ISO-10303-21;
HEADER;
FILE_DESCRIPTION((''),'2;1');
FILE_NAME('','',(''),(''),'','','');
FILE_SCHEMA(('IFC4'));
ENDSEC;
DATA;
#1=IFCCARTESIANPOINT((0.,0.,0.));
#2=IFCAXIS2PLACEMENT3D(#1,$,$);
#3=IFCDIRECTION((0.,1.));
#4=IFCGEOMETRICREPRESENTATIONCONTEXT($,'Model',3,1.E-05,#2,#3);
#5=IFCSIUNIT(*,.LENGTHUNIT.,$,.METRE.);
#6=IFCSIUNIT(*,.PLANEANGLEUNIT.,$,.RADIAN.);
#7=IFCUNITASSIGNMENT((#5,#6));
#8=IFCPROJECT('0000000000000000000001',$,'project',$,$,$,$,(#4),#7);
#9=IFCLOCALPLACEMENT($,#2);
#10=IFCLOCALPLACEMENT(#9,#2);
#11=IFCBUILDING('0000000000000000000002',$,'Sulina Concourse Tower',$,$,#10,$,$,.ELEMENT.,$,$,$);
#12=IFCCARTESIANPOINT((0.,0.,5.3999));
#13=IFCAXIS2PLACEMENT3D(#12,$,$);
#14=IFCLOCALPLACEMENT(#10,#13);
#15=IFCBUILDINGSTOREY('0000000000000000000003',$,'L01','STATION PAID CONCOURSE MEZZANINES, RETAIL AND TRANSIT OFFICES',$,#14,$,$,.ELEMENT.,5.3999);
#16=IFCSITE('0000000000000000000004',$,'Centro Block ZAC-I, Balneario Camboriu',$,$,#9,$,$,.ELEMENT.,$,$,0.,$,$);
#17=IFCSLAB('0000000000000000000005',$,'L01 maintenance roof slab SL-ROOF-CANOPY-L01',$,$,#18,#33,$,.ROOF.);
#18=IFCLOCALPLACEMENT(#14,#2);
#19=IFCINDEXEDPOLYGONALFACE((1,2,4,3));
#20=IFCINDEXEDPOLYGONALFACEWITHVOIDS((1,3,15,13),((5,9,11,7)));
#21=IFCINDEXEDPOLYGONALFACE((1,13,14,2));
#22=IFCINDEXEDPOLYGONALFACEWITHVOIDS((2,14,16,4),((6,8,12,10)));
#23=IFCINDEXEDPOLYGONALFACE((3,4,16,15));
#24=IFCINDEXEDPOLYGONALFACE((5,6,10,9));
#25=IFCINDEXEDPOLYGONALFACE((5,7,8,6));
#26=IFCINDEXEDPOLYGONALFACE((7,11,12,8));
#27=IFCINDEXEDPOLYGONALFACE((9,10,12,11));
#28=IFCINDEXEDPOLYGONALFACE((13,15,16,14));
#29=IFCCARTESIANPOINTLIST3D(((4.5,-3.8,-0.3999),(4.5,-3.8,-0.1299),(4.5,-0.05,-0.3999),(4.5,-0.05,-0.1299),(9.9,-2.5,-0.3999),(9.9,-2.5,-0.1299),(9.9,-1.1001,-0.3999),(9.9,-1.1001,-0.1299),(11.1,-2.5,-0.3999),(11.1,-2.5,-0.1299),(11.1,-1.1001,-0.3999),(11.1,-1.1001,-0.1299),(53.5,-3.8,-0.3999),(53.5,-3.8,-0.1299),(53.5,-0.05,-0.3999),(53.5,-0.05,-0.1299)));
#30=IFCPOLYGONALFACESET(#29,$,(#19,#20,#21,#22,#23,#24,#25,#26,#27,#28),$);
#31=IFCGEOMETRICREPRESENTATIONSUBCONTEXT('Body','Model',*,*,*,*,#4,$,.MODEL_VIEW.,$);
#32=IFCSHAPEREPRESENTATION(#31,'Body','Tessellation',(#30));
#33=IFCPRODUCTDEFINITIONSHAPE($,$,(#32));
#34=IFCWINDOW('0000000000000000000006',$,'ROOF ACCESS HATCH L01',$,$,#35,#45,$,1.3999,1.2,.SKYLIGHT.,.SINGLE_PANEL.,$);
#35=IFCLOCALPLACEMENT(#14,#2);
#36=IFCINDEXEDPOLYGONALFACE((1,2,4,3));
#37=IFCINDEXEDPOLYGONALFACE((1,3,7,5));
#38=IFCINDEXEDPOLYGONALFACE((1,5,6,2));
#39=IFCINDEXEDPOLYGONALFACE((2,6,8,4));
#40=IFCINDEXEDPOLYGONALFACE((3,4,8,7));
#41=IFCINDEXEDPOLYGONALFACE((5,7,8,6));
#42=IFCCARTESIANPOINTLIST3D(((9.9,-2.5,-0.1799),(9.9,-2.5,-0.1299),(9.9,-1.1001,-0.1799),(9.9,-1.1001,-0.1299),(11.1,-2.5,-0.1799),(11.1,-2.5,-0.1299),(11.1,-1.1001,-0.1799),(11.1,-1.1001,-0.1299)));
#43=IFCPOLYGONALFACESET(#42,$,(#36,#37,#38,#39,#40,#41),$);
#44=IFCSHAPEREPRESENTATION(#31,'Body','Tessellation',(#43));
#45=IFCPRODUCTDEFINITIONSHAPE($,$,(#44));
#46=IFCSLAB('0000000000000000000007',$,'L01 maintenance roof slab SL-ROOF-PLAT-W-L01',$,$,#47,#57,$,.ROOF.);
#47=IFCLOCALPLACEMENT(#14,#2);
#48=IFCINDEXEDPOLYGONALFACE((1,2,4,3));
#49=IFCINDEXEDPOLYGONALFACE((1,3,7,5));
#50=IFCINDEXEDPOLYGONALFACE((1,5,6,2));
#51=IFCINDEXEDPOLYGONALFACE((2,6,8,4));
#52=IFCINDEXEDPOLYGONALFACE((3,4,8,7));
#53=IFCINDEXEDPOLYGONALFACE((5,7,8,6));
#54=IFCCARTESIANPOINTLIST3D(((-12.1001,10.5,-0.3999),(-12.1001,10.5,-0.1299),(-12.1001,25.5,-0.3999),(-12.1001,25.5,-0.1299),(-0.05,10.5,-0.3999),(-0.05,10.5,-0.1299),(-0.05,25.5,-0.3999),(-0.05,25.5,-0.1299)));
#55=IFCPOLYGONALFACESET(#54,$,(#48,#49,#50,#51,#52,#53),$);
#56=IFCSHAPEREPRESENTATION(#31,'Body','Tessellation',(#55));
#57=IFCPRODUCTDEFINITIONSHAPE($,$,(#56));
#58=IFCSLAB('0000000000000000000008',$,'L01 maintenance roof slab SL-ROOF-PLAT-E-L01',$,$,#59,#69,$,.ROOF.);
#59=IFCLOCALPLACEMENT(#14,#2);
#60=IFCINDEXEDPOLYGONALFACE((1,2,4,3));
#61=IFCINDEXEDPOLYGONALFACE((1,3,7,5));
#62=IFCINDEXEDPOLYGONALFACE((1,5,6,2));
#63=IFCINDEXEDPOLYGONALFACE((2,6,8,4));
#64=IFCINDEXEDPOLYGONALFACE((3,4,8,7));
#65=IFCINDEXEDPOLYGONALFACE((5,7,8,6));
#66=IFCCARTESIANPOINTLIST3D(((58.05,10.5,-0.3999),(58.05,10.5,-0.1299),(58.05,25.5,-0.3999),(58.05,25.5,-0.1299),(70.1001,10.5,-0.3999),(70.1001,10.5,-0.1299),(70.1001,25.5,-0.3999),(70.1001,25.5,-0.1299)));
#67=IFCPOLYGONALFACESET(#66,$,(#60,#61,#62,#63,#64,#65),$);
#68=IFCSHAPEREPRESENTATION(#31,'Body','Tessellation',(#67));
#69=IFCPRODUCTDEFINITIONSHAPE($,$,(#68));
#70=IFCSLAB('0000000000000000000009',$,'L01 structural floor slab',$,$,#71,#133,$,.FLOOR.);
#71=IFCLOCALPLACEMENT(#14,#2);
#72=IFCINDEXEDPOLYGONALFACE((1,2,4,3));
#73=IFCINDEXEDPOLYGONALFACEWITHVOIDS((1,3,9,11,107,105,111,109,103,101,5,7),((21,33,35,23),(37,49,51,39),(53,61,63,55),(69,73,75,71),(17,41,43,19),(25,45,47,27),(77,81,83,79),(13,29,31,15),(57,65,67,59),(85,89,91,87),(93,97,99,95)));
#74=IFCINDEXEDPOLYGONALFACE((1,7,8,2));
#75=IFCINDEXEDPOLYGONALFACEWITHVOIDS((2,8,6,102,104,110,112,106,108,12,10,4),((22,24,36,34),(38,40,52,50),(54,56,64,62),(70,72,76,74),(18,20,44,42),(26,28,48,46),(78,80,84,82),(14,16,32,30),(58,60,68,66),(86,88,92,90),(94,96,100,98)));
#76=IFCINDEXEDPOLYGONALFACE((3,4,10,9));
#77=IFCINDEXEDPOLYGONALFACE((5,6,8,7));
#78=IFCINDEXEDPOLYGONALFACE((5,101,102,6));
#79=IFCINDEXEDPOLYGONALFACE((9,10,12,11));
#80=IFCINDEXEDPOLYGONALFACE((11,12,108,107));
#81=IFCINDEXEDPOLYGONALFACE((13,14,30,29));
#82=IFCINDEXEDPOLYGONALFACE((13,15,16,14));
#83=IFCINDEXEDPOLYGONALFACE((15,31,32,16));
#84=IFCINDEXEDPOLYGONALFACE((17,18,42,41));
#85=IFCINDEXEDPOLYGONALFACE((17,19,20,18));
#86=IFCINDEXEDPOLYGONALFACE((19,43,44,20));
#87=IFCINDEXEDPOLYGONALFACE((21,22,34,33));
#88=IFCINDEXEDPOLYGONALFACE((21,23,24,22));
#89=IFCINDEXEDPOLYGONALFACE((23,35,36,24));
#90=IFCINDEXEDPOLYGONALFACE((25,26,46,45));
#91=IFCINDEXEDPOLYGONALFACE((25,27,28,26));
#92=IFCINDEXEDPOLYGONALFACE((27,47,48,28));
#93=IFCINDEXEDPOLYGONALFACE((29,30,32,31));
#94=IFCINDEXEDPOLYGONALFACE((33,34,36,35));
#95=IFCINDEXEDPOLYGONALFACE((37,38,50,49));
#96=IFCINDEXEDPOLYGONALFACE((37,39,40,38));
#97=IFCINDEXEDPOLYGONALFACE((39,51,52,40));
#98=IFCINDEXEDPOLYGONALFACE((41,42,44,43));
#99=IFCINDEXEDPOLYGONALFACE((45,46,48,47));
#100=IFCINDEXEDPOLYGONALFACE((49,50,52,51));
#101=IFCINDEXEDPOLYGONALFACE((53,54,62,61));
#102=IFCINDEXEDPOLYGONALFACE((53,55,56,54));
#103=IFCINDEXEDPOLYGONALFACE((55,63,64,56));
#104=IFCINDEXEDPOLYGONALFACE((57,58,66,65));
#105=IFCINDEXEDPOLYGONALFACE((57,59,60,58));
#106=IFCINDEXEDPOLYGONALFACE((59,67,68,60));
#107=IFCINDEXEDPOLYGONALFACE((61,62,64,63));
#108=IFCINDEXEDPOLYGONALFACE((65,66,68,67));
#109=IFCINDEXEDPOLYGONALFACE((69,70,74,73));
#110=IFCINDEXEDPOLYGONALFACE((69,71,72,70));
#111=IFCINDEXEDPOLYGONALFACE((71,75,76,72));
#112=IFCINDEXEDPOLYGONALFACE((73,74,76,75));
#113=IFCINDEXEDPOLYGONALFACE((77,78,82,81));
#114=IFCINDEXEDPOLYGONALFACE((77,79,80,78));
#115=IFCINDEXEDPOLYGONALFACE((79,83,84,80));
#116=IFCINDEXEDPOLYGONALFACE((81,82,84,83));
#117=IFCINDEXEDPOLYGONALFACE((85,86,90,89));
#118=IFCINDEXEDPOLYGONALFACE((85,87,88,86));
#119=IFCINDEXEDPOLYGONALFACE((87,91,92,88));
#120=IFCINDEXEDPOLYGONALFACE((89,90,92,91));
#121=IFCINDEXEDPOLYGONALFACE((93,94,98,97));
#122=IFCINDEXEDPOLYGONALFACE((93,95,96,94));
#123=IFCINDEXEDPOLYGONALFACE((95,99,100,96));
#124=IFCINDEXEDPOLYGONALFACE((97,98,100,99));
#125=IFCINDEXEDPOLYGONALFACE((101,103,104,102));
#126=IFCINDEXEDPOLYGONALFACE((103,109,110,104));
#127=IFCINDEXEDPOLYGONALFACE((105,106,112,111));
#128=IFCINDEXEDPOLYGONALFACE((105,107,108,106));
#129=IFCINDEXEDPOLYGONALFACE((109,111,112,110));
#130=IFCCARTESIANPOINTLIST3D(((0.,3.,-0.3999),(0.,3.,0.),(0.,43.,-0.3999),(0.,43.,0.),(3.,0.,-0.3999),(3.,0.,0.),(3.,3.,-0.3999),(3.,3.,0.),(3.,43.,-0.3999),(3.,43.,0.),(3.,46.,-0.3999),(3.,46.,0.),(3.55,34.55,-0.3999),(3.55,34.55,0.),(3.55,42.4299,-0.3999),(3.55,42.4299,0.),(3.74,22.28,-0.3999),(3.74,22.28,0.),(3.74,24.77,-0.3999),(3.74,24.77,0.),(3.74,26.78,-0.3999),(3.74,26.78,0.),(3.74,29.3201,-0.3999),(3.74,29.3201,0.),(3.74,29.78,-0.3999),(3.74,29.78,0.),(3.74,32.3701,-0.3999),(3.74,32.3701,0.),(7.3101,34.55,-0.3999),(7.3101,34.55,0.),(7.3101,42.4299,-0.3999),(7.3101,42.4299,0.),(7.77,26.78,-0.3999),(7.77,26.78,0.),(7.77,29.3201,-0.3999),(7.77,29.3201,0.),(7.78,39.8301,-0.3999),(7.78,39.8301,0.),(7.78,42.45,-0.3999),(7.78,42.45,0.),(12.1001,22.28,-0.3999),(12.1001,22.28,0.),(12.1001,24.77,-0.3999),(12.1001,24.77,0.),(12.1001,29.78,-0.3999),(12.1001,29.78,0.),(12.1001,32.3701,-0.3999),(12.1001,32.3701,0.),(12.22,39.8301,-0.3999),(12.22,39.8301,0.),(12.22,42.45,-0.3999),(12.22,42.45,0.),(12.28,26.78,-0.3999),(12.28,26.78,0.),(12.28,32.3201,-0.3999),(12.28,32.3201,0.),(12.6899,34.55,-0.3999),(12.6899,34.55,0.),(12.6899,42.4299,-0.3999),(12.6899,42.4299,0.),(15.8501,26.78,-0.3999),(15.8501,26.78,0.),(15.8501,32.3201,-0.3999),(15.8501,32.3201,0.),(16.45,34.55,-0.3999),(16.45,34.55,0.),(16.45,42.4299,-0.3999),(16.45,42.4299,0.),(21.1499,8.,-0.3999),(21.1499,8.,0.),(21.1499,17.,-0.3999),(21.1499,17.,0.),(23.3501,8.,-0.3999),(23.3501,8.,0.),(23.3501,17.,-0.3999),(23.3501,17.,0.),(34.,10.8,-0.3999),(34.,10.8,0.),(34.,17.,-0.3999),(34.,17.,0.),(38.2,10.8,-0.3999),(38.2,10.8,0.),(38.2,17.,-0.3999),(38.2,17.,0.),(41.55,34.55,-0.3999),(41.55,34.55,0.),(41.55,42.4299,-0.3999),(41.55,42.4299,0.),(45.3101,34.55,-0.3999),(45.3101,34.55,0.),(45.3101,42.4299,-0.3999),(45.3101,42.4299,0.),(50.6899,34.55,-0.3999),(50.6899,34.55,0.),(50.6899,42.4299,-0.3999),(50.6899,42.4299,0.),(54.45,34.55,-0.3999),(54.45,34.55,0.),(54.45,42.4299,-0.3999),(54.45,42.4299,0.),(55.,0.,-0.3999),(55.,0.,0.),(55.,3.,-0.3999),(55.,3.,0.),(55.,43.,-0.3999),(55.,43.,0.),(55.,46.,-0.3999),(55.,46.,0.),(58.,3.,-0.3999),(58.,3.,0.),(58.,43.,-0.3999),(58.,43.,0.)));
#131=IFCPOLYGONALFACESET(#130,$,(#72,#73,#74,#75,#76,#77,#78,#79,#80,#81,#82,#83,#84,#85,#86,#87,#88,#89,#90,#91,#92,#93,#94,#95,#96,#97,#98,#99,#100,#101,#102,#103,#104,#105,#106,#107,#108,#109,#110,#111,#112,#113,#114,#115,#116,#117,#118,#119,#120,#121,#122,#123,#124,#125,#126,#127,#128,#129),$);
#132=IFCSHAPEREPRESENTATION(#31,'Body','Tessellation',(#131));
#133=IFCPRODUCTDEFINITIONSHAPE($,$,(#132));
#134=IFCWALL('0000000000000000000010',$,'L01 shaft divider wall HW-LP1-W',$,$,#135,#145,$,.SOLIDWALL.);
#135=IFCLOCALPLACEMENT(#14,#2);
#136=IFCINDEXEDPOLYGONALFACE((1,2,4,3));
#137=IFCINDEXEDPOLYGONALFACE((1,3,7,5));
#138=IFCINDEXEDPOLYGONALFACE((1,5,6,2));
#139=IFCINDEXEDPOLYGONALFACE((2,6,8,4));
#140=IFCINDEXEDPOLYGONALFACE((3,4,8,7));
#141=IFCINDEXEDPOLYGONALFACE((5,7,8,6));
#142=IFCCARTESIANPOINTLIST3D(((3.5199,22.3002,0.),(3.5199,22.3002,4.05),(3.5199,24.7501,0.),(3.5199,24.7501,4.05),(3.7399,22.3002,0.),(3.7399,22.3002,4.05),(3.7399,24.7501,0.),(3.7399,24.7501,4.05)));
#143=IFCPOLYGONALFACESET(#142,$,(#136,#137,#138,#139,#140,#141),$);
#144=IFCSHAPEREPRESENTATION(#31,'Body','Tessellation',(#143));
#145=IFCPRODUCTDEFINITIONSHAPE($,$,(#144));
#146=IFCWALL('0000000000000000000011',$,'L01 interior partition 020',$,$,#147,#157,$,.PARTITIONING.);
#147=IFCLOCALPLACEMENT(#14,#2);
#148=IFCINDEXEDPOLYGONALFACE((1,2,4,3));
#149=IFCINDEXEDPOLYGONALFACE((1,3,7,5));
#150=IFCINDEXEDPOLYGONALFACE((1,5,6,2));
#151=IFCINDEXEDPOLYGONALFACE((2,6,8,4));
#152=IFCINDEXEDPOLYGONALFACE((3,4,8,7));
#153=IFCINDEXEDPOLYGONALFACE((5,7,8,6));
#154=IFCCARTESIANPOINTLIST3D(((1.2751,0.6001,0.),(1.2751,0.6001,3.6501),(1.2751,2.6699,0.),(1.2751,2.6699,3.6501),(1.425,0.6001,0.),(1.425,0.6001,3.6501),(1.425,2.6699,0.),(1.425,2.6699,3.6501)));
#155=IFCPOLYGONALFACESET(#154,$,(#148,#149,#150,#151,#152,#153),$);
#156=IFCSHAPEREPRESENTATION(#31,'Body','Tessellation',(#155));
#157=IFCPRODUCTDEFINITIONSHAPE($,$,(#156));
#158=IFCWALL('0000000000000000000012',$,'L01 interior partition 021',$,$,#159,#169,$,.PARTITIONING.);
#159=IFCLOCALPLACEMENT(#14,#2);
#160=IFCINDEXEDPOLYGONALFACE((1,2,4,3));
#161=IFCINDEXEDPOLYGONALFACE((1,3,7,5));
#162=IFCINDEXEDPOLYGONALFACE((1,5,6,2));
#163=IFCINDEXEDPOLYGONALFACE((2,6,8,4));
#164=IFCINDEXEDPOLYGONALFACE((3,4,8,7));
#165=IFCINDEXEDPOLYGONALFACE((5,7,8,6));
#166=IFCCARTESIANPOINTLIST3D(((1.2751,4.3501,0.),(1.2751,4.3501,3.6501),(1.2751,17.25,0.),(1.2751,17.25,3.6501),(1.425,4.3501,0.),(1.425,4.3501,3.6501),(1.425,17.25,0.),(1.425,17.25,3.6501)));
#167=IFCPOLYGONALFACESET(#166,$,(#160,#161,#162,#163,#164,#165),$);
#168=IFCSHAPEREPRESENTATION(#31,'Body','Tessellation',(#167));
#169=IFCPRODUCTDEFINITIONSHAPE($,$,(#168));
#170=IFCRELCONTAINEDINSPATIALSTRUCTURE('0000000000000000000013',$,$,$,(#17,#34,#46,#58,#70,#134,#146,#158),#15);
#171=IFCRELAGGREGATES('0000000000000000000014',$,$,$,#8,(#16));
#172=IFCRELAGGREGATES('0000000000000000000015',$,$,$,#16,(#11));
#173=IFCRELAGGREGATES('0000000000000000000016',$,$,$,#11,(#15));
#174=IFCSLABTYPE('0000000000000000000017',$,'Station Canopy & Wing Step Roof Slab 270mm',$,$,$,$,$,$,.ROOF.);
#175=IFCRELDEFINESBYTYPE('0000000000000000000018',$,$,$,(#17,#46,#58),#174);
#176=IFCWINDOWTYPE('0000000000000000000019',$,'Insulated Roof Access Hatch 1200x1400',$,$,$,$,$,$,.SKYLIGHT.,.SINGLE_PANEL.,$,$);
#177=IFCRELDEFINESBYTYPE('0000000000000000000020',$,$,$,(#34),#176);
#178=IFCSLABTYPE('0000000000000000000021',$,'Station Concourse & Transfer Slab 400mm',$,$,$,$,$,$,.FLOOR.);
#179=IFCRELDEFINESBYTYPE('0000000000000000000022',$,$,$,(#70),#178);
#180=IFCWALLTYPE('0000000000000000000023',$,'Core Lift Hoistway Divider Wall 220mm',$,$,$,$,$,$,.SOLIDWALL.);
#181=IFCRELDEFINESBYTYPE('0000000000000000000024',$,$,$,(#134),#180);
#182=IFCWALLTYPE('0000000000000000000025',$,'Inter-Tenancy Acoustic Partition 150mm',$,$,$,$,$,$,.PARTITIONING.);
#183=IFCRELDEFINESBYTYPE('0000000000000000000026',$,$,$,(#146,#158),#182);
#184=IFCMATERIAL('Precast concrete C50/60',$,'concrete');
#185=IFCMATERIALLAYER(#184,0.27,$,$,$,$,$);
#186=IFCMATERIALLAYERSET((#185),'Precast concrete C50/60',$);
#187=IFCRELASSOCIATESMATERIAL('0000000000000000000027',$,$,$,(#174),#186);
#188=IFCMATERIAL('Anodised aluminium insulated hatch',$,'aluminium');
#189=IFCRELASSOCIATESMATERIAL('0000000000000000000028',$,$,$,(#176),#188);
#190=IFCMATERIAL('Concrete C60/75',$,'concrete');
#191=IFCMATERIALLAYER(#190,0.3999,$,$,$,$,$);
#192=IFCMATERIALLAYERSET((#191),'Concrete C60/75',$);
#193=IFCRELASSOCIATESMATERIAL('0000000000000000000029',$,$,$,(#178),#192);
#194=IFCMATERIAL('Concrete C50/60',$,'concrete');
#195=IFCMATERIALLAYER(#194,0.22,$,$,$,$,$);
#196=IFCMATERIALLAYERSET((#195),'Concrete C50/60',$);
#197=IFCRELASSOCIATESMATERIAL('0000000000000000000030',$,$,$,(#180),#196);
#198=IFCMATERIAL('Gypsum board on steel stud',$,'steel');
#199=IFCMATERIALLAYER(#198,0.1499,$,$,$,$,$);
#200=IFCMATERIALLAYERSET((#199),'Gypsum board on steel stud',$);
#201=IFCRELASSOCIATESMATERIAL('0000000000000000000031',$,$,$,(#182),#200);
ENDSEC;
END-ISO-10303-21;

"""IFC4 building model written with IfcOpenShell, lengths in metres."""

from ifc_helpers import new_model, si_unit, direction, frame, frame_2d, origin, origin_2d, place, context, subcontext, project, spatial, polyline, rectangle, outline, extrude, material, layer, layer_set, type_object, element, fill, save


model = new_model("IFC4")

# Units and contexts
model_context = context("Model", 3, precision=1e-05, world=origin(), true_north=direction((0.0, 1.0)))
body_context = subcontext(model_context, "Body", "Model", "MODEL_VIEW")
ifc_project = project(units=[si_unit("LENGTHUNIT", "METRE"), si_unit("PLANEANGLEUNIT", "RADIAN")], contexts=[model_context])

# Site, building, storey
site_placement = place(None, origin())
site = spatial("IfcSite", under=ifc_project, at=site_placement, Name="Centro Block ZAC-I, Balneario Camboriu", CompositionType="ELEMENT", RefElevation=0.0)
building_placement = place(site_placement, origin())
building = spatial("IfcBuilding", under=site, at=building_placement, Name="Sulina Concourse Tower", CompositionType="ELEMENT")
storey_placement = place(building_placement, frame((0.0, 0.0, 5.3999)))
storey = spatial("IfcBuildingStorey", under=building, at=storey_placement, Name="L01", Description="STATION PAID CONCOURSE MEZZANINES, RETAIL AND TRANSIT OFFICES", CompositionType="ELEMENT", Elevation=5.3999)

# Slab, opening, window
ifc_material_1 = material(Name="Precast concrete C50/60", Category="concrete")
ifc_layer_1 = layer(ifc_material_1, 0.27)
ifc_layer_set_1 = layer_set([ifc_layer_1], Name="Precast concrete C50/60")
slab_type_1 = type_object("IfcSlabType", Name="Station Canopy & Wing Step Roof Slab 270mm", PredefinedType="ROOF", material=ifc_layer_set_1)
slab_1_placement = place(storey_placement, frame((0.0, 0.0, -0.3999)))
slab_1 = element("IfcSlab", 1, at=slab_1_placement, inside=storey, type_object=slab_type_1, Name="L01 maintenance roof slab SL-ROOF-CANOPY-L01", PredefinedType="ROOF", context=body_context, shape_type="SweptSolid", body=[
    extrude(outline(polyline([(4.5, -3.8), (53.5, -3.8), (53.5, -0.05), (4.5, -0.05), (4.5, -3.8)])), origin(), (0.0, 0.0, 1.0), 0.27),
])
opening_1_placement = place(slab_1_placement, frame((10.5, -1.8, 0.0)))
opening_1 = element("IfcOpeningElement", 2, at=opening_1_placement, cuts=slab_1, PredefinedType="OPENING", context=body_context, shape_type="SweptSolid", body=[
    extrude(rectangle(XDim=1.2, YDim=1.3999, at=origin_2d()), origin(), (0.0, 0.0, 1.0), 0.27),
])
ifc_material_2 = material(Name="Anodised aluminium insulated hatch", Category="aluminium")
window_type_1 = type_object("IfcWindowType", Name="Insulated Roof Access Hatch 1200x1400", PartitioningType="SINGLE_PANEL", PredefinedType="SKYLIGHT", material=ifc_material_2)
window_1_placement = place(opening_1_placement, frame((0.0, 0.0, 0.22)))
window_1 = element("IfcWindow", 3, at=window_1_placement, inside=storey, type_object=window_type_1, Name="ROOF ACCESS HATCH L01", OverallHeight=1.3999, OverallWidth=1.2, PartitioningType="SINGLE_PANEL", PredefinedType="SKYLIGHT", context=body_context, shape_type="SweptSolid", body=[
    extrude(rectangle(XDim=1.2, YDim=1.3999, at=origin_2d()), origin(), (0.0, 0.0, 1.0), 0.05),
])
fill(opening_1, window_1)

# Slabs
slab_2_placement = place(storey_placement, frame((0.0, 0.0, -0.3999)))
element("IfcSlab", 4, at=slab_2_placement, inside=storey, type_object=slab_type_1, Name="L01 maintenance roof slab SL-ROOF-PLAT-W-L01", PredefinedType="ROOF", context=body_context, shape_type="SweptSolid", body=[
    extrude(outline(polyline([(-12.1001, 10.5), (-0.05, 10.5), (-0.05, 25.5), (-12.1001, 25.5), (-12.1001, 10.5)])), origin(), (0.0, 0.0, 1.0), 0.27),
])
slab_3_placement = place(storey_placement, frame((0.0, 0.0, -0.3999)))
element("IfcSlab", 5, at=slab_3_placement, inside=storey, type_object=slab_type_1, Name="L01 maintenance roof slab SL-ROOF-PLAT-E-L01", PredefinedType="ROOF", context=body_context, shape_type="SweptSolid", body=[
    extrude(outline(polyline([(58.05, 10.5), (70.1001, 10.5), (70.1001, 25.5), (58.05, 25.5), (58.05, 10.5)])), origin(), (0.0, 0.0, 1.0), 0.27),
])
ifc_material_3 = material(Name="Concrete C60/75", Category="concrete")
ifc_layer_2 = layer(ifc_material_3, 0.3999)
ifc_layer_set_2 = layer_set([ifc_layer_2], Name="Concrete C60/75")
slab_type_2 = type_object("IfcSlabType", Name="Station Concourse & Transfer Slab 400mm", PredefinedType="FLOOR", material=ifc_layer_set_2)
slab_4_placement = place(storey_placement, frame((0.0, 0.0, -0.3999)))
element("IfcSlab", 6, at=slab_4_placement, inside=storey, type_object=slab_type_2, Name="L01 structural floor slab", PredefinedType="FLOOR", context=body_context, shape_type="SweptSolid", body=[
    extrude(outline(polyline([(3.0, 0.0), (55.0, 0.0), (55.0, 3.0), (58.0, 3.0), (58.0, 43.0), (55.0, 43.0), (55.0, 46.0), (3.0, 46.0), (3.0, 43.0), (0.0, 43.0), (0.0, 3.0), (3.0, 3.0), (3.0, 0.0)]), holes=[polyline([(7.3101, 34.55), (7.3101, 42.4299), (3.55, 42.4299), (3.55, 34.55), (7.3101, 34.55)]), polyline([(16.45, 34.55), (16.45, 42.4299), (12.6899, 42.4299), (12.6899, 34.55), (16.45, 34.55)]), polyline([(45.3101, 34.55), (45.3101, 42.4299), (41.55, 42.4299), (41.55, 34.55), (45.3101, 34.55)]), polyline([(54.45, 34.55), (54.45, 42.4299), (50.6899, 42.4299), (50.6899, 34.55), (54.45, 34.55)]), polyline([(21.1499, 8.0), (23.3501, 8.0), (23.3501, 17.0), (21.1499, 17.0), (21.1499, 8.0)]), polyline([(34.0, 10.8), (38.2, 10.8), (38.2, 17.0), (34.0, 17.0), (34.0, 10.8)]), polyline([(7.78, 39.8301), (12.22, 39.8301), (12.22, 42.45), (7.78, 42.45), (7.78, 39.8301)]), polyline([(3.74, 26.78), (7.77, 26.78), (7.77, 29.3201), (3.74, 29.3201), (3.74, 26.78)]), polyline([(3.74, 29.78), (12.1001, 29.78), (12.1001, 32.3701), (3.74, 32.3701), (3.74, 29.78)]), polyline([(3.74, 22.28), (12.1001, 22.28), (12.1001, 24.77), (3.74, 24.77), (3.74, 22.28)]), polyline([(12.28, 26.78), (15.8501, 26.78), (15.8501, 32.3201), (12.28, 32.3201), (12.28, 26.78)])]), origin(), (0.0, 0.0, 1.0), 0.3999),
])

# Walls
ifc_material_4 = material(Name="Concrete C50/60", Category="concrete")
ifc_layer_3 = layer(ifc_material_4, 0.22)
ifc_layer_set_3 = layer_set([ifc_layer_3], Name="Concrete C50/60")
wall_type_1 = type_object("IfcWallType", Name="Core Lift Hoistway Divider Wall 220mm", PredefinedType="SOLIDWALL", material=ifc_layer_set_3)
wall_1_placement = place(storey_placement, frame((3.6299, 22.3, 0.0), z_axis=(0.0, 0.0, 1.0), x_axis=(0.0, 1.0, 0.0)))
element("IfcWall", 7, at=wall_1_placement, inside=storey, type_object=wall_type_1, Name="L01 shaft divider wall HW-LP1-W", PredefinedType="SOLIDWALL", context=body_context, shape_type="SweptSolid", body=[
    extrude(rectangle(XDim=2.45, YDim=0.22, at=frame_2d((1.2251, 0.0))), origin(), (0.0, 0.0, 1.0), 4.05),
])
ifc_material_5 = material(Name="Gypsum board on steel stud", Category="steel")
ifc_layer_4 = layer(ifc_material_5, 0.1499)
ifc_layer_set_4 = layer_set([ifc_layer_4], Name="Gypsum board on steel stud")
wall_type_2 = type_object("IfcWallType", Name="Inter-Tenancy Acoustic Partition 150mm", PredefinedType="PARTITIONING", material=ifc_layer_set_4)
wall_2_placement = place(storey_placement, frame((1.3501, 0.6001, 0.0), z_axis=(0.0, 0.0, 1.0), x_axis=(0.0, 1.0, 0.0)))
element("IfcWall", 8, at=wall_2_placement, inside=storey, type_object=wall_type_2, Name="L01 interior partition 020", PredefinedType="PARTITIONING", context=body_context, shape_type="SweptSolid", body=[
    extrude(rectangle(XDim=2.0698, YDim=0.1499, at=frame_2d((1.0349, 0.0))), origin(), (0.0, 0.0, 1.0), 3.6501),
])
wall_3_placement = place(storey_placement, frame((1.3501, 4.3501, 0.0), z_axis=(0.0, 0.0, 1.0), x_axis=(0.0, 1.0, 0.0)))
element("IfcWall", 9, at=wall_3_placement, inside=storey, type_object=wall_type_2, Name="L01 interior partition 021", PredefinedType="PARTITIONING", context=body_context, shape_type="SweptSolid", body=[
    extrude(rectangle(XDim=12.8999, YDim=0.1499, at=frame_2d((6.45, 0.0))), origin(), (0.0, 0.0, 1.0), 3.6501),
])

save(model, "model.ifc")
